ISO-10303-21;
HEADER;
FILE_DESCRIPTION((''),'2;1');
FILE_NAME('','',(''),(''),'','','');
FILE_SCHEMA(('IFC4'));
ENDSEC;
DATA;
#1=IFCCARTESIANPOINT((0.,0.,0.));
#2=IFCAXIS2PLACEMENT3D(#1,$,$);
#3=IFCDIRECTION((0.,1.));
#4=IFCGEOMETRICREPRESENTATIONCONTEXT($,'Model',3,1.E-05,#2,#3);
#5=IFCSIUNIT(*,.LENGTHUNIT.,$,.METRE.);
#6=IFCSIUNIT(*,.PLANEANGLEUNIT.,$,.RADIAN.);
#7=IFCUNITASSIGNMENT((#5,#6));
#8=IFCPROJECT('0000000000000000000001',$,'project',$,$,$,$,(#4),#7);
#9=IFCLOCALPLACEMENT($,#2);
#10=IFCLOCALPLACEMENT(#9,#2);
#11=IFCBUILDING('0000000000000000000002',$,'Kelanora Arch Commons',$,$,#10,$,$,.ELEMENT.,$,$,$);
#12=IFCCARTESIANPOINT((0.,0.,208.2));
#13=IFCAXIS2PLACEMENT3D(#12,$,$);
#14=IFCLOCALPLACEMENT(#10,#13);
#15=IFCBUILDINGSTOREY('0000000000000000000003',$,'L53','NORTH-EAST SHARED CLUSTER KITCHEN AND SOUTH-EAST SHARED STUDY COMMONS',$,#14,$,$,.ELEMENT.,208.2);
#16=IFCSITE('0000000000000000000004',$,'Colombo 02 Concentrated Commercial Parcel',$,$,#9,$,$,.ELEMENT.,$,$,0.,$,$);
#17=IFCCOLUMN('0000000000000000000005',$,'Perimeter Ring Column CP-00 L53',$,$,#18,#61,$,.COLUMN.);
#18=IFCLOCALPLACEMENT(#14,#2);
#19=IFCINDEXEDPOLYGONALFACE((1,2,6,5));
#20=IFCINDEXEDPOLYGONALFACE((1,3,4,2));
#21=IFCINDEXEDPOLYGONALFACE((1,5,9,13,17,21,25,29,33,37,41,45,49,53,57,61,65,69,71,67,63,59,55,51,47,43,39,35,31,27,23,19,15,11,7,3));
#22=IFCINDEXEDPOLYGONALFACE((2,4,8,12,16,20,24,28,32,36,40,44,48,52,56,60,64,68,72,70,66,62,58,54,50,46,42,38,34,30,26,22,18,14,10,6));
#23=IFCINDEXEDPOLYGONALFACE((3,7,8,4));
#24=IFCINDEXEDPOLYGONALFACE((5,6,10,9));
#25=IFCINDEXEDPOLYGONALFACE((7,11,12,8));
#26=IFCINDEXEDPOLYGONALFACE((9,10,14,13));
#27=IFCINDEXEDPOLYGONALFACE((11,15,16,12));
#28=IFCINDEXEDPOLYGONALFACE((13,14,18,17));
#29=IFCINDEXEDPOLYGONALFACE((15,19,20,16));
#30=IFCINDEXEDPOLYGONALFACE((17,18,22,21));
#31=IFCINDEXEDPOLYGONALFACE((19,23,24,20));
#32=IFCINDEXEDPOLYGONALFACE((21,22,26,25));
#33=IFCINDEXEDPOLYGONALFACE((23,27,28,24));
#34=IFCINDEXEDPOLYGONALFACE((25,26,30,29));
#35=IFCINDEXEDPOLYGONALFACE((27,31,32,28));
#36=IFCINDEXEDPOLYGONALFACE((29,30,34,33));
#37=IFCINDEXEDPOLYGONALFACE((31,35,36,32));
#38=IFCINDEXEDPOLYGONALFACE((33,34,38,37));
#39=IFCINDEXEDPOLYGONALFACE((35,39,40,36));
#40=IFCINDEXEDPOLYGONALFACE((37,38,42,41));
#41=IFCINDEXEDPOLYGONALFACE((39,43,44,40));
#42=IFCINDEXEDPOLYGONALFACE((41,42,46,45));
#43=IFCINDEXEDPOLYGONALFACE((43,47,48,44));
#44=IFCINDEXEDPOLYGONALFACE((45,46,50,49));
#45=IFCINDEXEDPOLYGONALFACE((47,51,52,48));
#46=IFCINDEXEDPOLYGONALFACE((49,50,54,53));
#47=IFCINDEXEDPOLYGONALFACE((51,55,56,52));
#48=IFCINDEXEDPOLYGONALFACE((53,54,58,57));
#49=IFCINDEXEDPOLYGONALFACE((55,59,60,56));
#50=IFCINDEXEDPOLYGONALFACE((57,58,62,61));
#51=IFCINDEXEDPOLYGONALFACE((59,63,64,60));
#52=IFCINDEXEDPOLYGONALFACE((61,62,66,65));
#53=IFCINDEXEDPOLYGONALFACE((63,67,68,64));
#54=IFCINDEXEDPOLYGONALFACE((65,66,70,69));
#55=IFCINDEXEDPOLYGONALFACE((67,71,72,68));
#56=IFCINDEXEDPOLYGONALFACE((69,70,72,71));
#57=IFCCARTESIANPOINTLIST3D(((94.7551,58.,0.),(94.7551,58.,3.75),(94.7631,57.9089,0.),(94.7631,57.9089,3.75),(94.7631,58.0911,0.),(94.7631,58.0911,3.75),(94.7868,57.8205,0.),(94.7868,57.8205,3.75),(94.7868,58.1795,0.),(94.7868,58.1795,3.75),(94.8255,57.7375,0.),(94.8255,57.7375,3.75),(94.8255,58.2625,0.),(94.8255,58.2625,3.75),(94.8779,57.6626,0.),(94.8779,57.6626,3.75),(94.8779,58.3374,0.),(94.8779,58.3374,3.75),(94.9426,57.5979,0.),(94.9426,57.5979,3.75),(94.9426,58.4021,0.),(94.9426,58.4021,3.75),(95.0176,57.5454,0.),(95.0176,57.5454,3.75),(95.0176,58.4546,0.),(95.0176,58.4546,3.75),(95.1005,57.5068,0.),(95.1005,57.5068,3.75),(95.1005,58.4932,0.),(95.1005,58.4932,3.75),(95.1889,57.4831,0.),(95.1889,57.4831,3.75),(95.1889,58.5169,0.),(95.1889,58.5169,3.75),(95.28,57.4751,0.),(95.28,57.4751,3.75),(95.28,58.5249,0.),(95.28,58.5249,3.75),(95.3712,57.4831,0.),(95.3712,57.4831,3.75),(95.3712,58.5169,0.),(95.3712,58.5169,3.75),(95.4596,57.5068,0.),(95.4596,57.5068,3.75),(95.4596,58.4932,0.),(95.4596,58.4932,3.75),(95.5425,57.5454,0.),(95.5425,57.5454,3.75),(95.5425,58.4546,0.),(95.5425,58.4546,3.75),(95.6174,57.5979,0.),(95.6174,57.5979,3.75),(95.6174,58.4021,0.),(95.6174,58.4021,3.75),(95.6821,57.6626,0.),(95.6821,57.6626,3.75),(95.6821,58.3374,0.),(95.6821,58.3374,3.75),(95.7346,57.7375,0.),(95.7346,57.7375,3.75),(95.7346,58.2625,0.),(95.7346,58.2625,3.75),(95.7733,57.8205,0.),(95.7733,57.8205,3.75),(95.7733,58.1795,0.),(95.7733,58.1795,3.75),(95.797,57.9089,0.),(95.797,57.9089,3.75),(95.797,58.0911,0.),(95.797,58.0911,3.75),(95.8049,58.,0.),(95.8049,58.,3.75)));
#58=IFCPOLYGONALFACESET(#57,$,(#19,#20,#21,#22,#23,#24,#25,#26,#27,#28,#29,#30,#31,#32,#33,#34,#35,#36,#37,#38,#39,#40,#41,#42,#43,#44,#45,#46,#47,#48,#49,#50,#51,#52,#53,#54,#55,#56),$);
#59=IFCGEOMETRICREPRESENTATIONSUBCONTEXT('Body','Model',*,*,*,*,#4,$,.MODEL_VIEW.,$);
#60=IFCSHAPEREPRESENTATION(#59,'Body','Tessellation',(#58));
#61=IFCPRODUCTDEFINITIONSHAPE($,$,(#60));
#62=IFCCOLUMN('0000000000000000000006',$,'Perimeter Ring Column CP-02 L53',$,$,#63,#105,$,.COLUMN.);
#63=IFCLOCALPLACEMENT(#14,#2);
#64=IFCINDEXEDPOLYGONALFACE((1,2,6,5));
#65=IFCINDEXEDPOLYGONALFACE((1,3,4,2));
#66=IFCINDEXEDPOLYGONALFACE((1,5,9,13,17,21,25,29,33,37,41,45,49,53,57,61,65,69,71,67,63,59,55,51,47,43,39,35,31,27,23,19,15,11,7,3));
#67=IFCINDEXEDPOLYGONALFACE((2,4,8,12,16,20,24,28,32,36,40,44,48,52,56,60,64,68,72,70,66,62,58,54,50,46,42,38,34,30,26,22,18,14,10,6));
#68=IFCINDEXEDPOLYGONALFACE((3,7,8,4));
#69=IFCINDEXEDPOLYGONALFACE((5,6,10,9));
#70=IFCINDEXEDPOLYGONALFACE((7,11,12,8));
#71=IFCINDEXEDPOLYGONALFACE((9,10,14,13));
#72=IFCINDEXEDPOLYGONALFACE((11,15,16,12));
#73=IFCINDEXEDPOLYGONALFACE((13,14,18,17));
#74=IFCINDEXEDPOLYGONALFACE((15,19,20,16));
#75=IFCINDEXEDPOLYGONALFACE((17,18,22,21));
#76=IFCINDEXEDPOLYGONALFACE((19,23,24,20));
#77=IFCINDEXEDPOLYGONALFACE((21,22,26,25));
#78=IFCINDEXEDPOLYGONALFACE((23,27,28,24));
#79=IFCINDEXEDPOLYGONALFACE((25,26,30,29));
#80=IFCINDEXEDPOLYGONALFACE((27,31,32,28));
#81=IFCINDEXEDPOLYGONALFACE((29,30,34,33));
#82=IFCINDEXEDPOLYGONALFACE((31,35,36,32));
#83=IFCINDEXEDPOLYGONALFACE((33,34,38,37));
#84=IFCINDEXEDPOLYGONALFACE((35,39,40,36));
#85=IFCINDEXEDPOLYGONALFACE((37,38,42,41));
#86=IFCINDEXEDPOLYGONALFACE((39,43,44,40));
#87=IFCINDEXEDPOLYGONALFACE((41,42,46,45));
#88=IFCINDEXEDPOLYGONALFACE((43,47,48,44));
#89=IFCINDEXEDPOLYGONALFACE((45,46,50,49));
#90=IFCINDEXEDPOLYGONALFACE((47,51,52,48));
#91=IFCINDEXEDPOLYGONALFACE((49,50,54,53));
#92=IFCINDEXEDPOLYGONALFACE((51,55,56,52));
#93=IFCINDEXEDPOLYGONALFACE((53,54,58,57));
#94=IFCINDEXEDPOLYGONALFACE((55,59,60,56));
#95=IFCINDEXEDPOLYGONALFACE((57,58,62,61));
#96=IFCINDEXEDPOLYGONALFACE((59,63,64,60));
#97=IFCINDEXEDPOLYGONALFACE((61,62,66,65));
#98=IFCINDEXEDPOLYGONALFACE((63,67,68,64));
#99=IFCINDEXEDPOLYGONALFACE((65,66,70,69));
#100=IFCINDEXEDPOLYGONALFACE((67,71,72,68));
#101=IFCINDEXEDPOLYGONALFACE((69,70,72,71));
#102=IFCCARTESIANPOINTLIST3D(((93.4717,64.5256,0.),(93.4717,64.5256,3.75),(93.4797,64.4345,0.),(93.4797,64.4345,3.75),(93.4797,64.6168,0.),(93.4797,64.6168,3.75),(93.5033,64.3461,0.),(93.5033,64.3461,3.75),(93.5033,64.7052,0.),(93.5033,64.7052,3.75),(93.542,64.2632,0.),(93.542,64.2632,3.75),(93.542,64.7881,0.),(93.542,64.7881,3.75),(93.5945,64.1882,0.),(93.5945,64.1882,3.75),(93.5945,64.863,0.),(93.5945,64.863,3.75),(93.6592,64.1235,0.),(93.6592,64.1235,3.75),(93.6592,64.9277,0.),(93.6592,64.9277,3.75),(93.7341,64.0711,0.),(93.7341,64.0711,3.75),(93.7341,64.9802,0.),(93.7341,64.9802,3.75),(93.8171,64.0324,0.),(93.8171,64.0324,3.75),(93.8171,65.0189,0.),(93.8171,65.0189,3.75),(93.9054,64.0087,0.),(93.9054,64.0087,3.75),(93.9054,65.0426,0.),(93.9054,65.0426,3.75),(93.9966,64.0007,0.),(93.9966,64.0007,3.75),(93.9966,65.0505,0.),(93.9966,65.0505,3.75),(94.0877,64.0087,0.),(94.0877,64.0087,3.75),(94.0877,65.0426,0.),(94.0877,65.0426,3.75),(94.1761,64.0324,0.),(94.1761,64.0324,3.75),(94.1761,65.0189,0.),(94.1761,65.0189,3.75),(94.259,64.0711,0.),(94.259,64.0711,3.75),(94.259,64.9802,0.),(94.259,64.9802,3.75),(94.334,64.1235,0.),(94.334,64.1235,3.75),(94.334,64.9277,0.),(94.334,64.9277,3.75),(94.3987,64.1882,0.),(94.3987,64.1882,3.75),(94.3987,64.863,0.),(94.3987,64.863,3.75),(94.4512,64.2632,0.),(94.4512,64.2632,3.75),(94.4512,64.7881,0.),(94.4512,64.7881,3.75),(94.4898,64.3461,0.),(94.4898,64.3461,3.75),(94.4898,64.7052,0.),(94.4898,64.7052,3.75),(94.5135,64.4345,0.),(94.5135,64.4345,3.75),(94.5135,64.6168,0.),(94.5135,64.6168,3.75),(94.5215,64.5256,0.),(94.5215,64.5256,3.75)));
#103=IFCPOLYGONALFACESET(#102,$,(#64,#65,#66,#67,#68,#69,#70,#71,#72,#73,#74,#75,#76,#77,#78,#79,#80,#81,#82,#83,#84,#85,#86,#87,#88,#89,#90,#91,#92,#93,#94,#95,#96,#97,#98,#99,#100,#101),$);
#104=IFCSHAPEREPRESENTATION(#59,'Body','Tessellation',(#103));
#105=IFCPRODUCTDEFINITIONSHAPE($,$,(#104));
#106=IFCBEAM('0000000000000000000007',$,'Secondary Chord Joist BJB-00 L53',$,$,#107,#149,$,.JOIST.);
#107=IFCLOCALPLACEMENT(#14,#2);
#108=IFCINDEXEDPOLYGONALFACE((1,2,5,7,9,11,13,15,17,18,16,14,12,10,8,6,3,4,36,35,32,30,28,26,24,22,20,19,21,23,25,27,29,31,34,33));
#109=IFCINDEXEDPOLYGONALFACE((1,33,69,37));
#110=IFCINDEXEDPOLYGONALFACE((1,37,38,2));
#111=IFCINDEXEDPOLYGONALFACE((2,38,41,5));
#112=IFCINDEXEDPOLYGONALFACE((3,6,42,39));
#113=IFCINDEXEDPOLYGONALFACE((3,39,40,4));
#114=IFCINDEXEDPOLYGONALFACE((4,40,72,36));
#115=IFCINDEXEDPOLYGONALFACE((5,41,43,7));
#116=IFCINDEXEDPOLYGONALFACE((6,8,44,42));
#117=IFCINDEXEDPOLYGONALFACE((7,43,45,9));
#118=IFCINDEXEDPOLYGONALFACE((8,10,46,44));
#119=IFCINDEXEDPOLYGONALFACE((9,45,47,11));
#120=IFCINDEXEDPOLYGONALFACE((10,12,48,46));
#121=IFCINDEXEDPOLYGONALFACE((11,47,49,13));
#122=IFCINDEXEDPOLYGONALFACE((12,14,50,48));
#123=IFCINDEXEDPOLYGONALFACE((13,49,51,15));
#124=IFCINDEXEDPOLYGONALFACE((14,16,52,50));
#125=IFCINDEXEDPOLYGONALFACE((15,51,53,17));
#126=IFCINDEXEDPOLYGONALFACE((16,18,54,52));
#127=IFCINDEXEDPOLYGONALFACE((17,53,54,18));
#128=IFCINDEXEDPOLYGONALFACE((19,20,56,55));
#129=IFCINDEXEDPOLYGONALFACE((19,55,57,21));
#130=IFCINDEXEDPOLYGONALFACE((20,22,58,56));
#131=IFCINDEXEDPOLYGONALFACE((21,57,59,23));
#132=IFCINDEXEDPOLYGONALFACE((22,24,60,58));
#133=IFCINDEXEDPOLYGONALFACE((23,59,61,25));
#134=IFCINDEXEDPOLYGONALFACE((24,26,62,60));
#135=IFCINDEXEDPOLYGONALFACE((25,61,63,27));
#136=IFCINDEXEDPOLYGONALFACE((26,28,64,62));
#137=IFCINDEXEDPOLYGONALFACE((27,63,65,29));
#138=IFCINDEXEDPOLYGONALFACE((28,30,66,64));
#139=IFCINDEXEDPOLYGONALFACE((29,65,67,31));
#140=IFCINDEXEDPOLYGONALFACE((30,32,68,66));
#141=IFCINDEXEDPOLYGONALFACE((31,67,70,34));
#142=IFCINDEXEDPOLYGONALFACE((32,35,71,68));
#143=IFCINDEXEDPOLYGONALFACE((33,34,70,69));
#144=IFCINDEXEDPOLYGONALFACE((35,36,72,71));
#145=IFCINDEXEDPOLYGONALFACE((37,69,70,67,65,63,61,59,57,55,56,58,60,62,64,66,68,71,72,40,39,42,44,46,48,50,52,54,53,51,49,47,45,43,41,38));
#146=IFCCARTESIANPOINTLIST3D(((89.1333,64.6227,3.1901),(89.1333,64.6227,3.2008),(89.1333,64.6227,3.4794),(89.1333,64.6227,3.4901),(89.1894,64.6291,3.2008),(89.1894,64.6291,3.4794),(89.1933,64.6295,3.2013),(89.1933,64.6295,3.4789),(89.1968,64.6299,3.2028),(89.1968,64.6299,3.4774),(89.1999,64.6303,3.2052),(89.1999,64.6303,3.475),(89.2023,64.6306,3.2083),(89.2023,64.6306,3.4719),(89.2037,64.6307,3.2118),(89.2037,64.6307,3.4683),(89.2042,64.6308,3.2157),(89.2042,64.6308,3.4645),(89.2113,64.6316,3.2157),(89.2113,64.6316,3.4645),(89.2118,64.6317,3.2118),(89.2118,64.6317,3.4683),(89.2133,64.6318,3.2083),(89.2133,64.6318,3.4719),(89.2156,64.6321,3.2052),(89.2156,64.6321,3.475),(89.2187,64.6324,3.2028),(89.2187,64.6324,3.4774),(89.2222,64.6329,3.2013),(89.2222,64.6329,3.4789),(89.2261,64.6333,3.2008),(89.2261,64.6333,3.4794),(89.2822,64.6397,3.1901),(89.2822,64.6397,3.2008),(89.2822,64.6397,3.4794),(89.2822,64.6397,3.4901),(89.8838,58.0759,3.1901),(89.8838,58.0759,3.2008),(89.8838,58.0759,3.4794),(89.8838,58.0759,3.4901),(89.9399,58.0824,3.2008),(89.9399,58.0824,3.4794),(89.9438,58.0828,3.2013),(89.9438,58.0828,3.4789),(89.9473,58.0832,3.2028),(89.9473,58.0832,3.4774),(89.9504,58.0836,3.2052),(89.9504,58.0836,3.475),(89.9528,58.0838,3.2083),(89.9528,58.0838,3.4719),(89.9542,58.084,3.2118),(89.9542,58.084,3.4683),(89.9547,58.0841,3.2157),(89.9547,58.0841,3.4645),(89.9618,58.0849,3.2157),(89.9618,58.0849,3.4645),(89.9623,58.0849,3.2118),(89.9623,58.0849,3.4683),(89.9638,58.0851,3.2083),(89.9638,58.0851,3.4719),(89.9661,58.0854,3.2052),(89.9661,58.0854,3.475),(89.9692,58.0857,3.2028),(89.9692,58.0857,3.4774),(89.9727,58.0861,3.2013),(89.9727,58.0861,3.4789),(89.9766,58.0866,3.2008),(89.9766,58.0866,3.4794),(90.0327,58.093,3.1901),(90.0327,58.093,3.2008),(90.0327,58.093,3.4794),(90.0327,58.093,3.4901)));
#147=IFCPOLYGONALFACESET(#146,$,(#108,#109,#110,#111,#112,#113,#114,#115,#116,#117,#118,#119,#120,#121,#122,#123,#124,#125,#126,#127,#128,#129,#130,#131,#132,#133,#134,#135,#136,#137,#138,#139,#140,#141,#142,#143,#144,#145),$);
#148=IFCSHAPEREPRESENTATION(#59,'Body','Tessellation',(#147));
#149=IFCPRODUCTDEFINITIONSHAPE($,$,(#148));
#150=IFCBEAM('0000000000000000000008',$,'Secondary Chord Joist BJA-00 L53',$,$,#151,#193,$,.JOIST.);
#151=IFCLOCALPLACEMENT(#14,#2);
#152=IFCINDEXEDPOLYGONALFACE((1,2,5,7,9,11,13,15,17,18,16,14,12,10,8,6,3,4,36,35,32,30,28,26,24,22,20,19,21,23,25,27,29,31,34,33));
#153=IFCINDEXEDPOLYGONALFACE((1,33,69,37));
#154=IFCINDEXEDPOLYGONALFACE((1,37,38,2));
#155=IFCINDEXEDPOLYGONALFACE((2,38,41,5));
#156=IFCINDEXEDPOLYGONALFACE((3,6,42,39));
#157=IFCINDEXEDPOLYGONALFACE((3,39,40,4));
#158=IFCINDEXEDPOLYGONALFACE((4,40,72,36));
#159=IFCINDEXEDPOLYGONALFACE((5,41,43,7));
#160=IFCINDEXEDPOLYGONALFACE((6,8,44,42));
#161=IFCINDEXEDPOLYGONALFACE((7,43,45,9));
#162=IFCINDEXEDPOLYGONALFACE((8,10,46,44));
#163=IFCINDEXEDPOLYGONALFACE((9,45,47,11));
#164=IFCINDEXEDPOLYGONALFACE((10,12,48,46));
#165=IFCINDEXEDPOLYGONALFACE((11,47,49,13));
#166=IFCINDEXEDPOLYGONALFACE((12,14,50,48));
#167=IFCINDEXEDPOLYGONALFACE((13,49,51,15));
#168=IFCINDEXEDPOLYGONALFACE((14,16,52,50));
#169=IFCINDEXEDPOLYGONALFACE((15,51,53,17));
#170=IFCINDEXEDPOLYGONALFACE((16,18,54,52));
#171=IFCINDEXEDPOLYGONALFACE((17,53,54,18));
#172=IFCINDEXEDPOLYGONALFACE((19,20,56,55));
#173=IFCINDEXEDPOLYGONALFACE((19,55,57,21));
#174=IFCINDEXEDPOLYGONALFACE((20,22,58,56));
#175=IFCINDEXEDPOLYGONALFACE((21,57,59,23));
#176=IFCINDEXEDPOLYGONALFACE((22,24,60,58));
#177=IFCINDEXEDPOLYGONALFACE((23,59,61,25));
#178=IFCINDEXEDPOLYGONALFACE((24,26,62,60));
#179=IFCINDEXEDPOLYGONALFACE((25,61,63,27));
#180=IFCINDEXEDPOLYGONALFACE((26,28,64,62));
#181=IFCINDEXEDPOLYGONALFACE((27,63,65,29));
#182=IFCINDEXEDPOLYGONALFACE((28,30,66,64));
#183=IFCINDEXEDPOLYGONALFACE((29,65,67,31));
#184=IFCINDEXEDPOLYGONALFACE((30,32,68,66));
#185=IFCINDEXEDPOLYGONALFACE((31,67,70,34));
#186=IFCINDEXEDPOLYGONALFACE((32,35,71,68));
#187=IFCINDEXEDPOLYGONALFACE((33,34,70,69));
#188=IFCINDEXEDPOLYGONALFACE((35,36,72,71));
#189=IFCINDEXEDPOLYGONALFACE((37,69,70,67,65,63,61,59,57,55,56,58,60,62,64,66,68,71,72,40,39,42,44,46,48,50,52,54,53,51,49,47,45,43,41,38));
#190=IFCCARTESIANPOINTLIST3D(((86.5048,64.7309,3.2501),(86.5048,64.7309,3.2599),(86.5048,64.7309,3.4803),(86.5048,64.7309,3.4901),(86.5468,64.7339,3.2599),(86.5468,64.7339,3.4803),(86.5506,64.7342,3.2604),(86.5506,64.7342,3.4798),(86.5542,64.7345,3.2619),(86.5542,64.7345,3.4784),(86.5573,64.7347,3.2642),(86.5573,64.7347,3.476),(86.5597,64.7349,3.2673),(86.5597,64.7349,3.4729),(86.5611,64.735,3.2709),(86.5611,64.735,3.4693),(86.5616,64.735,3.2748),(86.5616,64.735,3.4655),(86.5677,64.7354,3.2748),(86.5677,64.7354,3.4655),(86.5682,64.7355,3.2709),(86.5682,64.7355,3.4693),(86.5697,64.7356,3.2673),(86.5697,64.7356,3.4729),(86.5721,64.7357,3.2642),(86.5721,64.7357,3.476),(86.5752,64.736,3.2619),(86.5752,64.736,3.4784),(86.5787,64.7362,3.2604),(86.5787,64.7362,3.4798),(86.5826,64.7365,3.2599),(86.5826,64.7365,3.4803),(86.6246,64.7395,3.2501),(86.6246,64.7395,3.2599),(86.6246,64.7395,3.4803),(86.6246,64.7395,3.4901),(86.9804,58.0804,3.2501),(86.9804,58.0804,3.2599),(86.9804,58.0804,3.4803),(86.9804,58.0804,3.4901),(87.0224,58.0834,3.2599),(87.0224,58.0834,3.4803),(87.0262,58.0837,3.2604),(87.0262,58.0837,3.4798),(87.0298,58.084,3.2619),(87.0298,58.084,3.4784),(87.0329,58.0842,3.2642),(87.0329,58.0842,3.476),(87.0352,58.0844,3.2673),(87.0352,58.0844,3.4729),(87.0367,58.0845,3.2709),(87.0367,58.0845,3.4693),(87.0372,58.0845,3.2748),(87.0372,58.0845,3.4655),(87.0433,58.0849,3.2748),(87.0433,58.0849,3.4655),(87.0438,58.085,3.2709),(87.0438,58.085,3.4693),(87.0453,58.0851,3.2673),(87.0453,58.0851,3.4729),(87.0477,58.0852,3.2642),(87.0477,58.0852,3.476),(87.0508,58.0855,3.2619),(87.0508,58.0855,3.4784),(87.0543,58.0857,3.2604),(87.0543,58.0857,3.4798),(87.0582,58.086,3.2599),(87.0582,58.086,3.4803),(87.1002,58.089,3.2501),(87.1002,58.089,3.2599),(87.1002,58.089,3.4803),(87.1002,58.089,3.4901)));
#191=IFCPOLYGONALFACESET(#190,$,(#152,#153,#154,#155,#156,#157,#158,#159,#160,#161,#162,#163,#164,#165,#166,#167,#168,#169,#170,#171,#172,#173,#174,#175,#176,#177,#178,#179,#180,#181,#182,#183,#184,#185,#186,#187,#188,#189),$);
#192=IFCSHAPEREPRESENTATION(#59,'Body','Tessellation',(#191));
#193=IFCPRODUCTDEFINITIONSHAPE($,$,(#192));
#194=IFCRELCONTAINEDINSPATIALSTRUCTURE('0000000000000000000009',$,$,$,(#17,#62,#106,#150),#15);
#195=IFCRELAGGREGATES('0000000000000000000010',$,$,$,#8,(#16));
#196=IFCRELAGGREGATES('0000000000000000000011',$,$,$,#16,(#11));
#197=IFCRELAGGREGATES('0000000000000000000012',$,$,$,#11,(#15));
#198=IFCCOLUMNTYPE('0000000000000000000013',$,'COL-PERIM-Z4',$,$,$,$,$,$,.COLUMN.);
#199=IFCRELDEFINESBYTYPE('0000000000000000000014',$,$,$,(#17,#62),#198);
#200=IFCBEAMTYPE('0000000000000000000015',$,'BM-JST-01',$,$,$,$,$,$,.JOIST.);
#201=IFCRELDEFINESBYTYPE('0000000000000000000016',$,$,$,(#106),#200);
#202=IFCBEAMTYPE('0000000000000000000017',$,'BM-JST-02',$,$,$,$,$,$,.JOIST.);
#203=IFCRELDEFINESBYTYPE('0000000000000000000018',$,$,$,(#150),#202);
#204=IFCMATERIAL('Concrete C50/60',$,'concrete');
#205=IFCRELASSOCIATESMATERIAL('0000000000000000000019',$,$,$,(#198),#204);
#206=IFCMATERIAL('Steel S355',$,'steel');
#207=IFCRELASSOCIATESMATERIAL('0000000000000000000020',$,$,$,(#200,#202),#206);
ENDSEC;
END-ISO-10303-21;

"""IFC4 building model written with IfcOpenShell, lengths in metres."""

from ifc_helpers import new_model, si_unit, direction, frame, origin, origin_2d, place, context, subcontext, project, spatial, circle, i_section, extrude, material, material_profile, profile_set, type_object, element, save


model = new_model("IFC4")

# Units and contexts
model_context = context("Model", 3, precision=1e-05, world=origin(), true_north=direction((0.0, 1.0)))
body_context = subcontext(model_context, "Body", "Model", "MODEL_VIEW")
ifc_project = project(units=[si_unit("LENGTHUNIT", "METRE"), si_unit("PLANEANGLEUNIT", "RADIAN")], contexts=[model_context])

# Site, building, storey
site_placement = place(None, origin())
site = spatial("IfcSite", under=ifc_project, at=site_placement, Name="Colombo 02 Concentrated Commercial Parcel", CompositionType="ELEMENT", RefElevation=0.0)
building_placement = place(site_placement, origin())
building = spatial("IfcBuilding", under=site, at=building_placement, Name="Kelanora Arch Commons", CompositionType="ELEMENT")
storey_placement = place(building_placement, frame((0.0, 0.0, 208.2)))
storey = spatial("IfcBuildingStorey", under=building, at=storey_placement, Name="L53", Description="NORTH-EAST SHARED CLUSTER KITCHEN AND SOUTH-EAST SHARED STUDY COMMONS", CompositionType="ELEMENT", Elevation=208.2)

# Columns
ifc_material_1 = material(Name="Concrete C50/60", Category="concrete")
ifc_material_profile_1 = material_profile(ifc_material_1, circle(Radius=0.5249, at=origin_2d()), Name="RCC1050")
ifc_profile_set_1 = profile_set([ifc_material_profile_1], Name="Concrete C50/60")
column_type = type_object("IfcColumnType", Name="COL-PERIM-Z4", PredefinedType="COLUMN", material=ifc_profile_set_1)
for number, where, z_axis, x_axis, name in (
    (1, (95.28, 58.0, 0.0), (0.0, 0.0, 1.0), (1.0, 0.0, 0.0), "Perimeter Ring Column CP-00 L53"),
    (2, (93.9966, 64.5256, 0.0), (0.0, 0.0, 1.0), (1.0, 0.0, 0.0), "Perimeter Ring Column CP-02 L53"),
):
    element("IfcColumn", number, at=place(storey_placement, frame(where, z_axis=z_axis, x_axis=x_axis)), inside=storey, type_object=column_type, Name=name, PredefinedType="COLUMN", context=body_context, shape_type="SweptSolid", body=[
        extrude(circle(Radius=0.5249, at=origin_2d()), origin(), (0.0, 0.0, 1.0), 3.75),
    ])

# Beams
ifc_material_2 = material(Name="Steel S355", Category="steel")
ifc_material_profile_2 = material_profile(ifc_material_2, i_section(OverallWidth=0.1499, OverallDepth=0.3, WebThickness=0.0071, FlangeThickness=0.0107, FilletRadius=0.0149, at=origin_2d()), Name="IPE300")
ifc_profile_set_2 = profile_set([ifc_material_profile_2], Name="Steel S355")
beam_type_1 = type_object("IfcBeamType", Name="BM-JST-01", PredefinedType="JOIST", material=ifc_profile_set_2)
beam_1_placement = place(storey_placement, frame((89.9583, 58.0845, 3.3401), z_axis=(-0.113891, 0.993493, 0.0), x_axis=(-0.993493, -0.113891, 0.0)))
element("IfcBeam", 3, at=beam_1_placement, inside=storey, type_object=beam_type_1, Name="Secondary Chord Joist BJB-00 L53", PredefinedType="JOIST", context=body_context, shape_type="SweptSolid", body=[
    extrude(i_section(OverallWidth=0.1499, OverallDepth=0.3, WebThickness=0.0071, FlangeThickness=0.0107, FilletRadius=0.0149, at=origin_2d()), origin(), (0.0, 0.0, 1.0), 6.5896),
])
ifc_material_profile_3 = material_profile(ifc_material_2, i_section(OverallWidth=0.1201, OverallDepth=0.24, WebThickness=0.0061, FlangeThickness=0.0098, FilletRadius=0.0149, at=origin_2d()), Name="IPE240")
ifc_profile_set_3 = profile_set([ifc_material_profile_3], Name="Steel S355")
beam_type_2 = type_object("IfcBeamType", Name="BM-JST-02", PredefinedType="JOIST", material=ifc_profile_set_3)
beam_2_placement = place(storey_placement, frame((87.0403, 58.0847, 3.3701), z_axis=(-0.07133, 0.997453, 0.0), x_axis=(-0.997453, -0.07133, 0.0)))
element("IfcBeam", 4, at=beam_2_placement, inside=storey, type_object=beam_type_2, Name="Secondary Chord Joist BJA-00 L53", PredefinedType="JOIST", context=body_context, shape_type="SweptSolid", body=[
    extrude(i_section(OverallWidth=0.1201, OverallDepth=0.24, WebThickness=0.0061, FlangeThickness=0.0098, FilletRadius=0.0149, at=origin_2d()), origin(), (0.0, 0.0, 1.0), 6.6675),
])

save(model, "model.ifc")
